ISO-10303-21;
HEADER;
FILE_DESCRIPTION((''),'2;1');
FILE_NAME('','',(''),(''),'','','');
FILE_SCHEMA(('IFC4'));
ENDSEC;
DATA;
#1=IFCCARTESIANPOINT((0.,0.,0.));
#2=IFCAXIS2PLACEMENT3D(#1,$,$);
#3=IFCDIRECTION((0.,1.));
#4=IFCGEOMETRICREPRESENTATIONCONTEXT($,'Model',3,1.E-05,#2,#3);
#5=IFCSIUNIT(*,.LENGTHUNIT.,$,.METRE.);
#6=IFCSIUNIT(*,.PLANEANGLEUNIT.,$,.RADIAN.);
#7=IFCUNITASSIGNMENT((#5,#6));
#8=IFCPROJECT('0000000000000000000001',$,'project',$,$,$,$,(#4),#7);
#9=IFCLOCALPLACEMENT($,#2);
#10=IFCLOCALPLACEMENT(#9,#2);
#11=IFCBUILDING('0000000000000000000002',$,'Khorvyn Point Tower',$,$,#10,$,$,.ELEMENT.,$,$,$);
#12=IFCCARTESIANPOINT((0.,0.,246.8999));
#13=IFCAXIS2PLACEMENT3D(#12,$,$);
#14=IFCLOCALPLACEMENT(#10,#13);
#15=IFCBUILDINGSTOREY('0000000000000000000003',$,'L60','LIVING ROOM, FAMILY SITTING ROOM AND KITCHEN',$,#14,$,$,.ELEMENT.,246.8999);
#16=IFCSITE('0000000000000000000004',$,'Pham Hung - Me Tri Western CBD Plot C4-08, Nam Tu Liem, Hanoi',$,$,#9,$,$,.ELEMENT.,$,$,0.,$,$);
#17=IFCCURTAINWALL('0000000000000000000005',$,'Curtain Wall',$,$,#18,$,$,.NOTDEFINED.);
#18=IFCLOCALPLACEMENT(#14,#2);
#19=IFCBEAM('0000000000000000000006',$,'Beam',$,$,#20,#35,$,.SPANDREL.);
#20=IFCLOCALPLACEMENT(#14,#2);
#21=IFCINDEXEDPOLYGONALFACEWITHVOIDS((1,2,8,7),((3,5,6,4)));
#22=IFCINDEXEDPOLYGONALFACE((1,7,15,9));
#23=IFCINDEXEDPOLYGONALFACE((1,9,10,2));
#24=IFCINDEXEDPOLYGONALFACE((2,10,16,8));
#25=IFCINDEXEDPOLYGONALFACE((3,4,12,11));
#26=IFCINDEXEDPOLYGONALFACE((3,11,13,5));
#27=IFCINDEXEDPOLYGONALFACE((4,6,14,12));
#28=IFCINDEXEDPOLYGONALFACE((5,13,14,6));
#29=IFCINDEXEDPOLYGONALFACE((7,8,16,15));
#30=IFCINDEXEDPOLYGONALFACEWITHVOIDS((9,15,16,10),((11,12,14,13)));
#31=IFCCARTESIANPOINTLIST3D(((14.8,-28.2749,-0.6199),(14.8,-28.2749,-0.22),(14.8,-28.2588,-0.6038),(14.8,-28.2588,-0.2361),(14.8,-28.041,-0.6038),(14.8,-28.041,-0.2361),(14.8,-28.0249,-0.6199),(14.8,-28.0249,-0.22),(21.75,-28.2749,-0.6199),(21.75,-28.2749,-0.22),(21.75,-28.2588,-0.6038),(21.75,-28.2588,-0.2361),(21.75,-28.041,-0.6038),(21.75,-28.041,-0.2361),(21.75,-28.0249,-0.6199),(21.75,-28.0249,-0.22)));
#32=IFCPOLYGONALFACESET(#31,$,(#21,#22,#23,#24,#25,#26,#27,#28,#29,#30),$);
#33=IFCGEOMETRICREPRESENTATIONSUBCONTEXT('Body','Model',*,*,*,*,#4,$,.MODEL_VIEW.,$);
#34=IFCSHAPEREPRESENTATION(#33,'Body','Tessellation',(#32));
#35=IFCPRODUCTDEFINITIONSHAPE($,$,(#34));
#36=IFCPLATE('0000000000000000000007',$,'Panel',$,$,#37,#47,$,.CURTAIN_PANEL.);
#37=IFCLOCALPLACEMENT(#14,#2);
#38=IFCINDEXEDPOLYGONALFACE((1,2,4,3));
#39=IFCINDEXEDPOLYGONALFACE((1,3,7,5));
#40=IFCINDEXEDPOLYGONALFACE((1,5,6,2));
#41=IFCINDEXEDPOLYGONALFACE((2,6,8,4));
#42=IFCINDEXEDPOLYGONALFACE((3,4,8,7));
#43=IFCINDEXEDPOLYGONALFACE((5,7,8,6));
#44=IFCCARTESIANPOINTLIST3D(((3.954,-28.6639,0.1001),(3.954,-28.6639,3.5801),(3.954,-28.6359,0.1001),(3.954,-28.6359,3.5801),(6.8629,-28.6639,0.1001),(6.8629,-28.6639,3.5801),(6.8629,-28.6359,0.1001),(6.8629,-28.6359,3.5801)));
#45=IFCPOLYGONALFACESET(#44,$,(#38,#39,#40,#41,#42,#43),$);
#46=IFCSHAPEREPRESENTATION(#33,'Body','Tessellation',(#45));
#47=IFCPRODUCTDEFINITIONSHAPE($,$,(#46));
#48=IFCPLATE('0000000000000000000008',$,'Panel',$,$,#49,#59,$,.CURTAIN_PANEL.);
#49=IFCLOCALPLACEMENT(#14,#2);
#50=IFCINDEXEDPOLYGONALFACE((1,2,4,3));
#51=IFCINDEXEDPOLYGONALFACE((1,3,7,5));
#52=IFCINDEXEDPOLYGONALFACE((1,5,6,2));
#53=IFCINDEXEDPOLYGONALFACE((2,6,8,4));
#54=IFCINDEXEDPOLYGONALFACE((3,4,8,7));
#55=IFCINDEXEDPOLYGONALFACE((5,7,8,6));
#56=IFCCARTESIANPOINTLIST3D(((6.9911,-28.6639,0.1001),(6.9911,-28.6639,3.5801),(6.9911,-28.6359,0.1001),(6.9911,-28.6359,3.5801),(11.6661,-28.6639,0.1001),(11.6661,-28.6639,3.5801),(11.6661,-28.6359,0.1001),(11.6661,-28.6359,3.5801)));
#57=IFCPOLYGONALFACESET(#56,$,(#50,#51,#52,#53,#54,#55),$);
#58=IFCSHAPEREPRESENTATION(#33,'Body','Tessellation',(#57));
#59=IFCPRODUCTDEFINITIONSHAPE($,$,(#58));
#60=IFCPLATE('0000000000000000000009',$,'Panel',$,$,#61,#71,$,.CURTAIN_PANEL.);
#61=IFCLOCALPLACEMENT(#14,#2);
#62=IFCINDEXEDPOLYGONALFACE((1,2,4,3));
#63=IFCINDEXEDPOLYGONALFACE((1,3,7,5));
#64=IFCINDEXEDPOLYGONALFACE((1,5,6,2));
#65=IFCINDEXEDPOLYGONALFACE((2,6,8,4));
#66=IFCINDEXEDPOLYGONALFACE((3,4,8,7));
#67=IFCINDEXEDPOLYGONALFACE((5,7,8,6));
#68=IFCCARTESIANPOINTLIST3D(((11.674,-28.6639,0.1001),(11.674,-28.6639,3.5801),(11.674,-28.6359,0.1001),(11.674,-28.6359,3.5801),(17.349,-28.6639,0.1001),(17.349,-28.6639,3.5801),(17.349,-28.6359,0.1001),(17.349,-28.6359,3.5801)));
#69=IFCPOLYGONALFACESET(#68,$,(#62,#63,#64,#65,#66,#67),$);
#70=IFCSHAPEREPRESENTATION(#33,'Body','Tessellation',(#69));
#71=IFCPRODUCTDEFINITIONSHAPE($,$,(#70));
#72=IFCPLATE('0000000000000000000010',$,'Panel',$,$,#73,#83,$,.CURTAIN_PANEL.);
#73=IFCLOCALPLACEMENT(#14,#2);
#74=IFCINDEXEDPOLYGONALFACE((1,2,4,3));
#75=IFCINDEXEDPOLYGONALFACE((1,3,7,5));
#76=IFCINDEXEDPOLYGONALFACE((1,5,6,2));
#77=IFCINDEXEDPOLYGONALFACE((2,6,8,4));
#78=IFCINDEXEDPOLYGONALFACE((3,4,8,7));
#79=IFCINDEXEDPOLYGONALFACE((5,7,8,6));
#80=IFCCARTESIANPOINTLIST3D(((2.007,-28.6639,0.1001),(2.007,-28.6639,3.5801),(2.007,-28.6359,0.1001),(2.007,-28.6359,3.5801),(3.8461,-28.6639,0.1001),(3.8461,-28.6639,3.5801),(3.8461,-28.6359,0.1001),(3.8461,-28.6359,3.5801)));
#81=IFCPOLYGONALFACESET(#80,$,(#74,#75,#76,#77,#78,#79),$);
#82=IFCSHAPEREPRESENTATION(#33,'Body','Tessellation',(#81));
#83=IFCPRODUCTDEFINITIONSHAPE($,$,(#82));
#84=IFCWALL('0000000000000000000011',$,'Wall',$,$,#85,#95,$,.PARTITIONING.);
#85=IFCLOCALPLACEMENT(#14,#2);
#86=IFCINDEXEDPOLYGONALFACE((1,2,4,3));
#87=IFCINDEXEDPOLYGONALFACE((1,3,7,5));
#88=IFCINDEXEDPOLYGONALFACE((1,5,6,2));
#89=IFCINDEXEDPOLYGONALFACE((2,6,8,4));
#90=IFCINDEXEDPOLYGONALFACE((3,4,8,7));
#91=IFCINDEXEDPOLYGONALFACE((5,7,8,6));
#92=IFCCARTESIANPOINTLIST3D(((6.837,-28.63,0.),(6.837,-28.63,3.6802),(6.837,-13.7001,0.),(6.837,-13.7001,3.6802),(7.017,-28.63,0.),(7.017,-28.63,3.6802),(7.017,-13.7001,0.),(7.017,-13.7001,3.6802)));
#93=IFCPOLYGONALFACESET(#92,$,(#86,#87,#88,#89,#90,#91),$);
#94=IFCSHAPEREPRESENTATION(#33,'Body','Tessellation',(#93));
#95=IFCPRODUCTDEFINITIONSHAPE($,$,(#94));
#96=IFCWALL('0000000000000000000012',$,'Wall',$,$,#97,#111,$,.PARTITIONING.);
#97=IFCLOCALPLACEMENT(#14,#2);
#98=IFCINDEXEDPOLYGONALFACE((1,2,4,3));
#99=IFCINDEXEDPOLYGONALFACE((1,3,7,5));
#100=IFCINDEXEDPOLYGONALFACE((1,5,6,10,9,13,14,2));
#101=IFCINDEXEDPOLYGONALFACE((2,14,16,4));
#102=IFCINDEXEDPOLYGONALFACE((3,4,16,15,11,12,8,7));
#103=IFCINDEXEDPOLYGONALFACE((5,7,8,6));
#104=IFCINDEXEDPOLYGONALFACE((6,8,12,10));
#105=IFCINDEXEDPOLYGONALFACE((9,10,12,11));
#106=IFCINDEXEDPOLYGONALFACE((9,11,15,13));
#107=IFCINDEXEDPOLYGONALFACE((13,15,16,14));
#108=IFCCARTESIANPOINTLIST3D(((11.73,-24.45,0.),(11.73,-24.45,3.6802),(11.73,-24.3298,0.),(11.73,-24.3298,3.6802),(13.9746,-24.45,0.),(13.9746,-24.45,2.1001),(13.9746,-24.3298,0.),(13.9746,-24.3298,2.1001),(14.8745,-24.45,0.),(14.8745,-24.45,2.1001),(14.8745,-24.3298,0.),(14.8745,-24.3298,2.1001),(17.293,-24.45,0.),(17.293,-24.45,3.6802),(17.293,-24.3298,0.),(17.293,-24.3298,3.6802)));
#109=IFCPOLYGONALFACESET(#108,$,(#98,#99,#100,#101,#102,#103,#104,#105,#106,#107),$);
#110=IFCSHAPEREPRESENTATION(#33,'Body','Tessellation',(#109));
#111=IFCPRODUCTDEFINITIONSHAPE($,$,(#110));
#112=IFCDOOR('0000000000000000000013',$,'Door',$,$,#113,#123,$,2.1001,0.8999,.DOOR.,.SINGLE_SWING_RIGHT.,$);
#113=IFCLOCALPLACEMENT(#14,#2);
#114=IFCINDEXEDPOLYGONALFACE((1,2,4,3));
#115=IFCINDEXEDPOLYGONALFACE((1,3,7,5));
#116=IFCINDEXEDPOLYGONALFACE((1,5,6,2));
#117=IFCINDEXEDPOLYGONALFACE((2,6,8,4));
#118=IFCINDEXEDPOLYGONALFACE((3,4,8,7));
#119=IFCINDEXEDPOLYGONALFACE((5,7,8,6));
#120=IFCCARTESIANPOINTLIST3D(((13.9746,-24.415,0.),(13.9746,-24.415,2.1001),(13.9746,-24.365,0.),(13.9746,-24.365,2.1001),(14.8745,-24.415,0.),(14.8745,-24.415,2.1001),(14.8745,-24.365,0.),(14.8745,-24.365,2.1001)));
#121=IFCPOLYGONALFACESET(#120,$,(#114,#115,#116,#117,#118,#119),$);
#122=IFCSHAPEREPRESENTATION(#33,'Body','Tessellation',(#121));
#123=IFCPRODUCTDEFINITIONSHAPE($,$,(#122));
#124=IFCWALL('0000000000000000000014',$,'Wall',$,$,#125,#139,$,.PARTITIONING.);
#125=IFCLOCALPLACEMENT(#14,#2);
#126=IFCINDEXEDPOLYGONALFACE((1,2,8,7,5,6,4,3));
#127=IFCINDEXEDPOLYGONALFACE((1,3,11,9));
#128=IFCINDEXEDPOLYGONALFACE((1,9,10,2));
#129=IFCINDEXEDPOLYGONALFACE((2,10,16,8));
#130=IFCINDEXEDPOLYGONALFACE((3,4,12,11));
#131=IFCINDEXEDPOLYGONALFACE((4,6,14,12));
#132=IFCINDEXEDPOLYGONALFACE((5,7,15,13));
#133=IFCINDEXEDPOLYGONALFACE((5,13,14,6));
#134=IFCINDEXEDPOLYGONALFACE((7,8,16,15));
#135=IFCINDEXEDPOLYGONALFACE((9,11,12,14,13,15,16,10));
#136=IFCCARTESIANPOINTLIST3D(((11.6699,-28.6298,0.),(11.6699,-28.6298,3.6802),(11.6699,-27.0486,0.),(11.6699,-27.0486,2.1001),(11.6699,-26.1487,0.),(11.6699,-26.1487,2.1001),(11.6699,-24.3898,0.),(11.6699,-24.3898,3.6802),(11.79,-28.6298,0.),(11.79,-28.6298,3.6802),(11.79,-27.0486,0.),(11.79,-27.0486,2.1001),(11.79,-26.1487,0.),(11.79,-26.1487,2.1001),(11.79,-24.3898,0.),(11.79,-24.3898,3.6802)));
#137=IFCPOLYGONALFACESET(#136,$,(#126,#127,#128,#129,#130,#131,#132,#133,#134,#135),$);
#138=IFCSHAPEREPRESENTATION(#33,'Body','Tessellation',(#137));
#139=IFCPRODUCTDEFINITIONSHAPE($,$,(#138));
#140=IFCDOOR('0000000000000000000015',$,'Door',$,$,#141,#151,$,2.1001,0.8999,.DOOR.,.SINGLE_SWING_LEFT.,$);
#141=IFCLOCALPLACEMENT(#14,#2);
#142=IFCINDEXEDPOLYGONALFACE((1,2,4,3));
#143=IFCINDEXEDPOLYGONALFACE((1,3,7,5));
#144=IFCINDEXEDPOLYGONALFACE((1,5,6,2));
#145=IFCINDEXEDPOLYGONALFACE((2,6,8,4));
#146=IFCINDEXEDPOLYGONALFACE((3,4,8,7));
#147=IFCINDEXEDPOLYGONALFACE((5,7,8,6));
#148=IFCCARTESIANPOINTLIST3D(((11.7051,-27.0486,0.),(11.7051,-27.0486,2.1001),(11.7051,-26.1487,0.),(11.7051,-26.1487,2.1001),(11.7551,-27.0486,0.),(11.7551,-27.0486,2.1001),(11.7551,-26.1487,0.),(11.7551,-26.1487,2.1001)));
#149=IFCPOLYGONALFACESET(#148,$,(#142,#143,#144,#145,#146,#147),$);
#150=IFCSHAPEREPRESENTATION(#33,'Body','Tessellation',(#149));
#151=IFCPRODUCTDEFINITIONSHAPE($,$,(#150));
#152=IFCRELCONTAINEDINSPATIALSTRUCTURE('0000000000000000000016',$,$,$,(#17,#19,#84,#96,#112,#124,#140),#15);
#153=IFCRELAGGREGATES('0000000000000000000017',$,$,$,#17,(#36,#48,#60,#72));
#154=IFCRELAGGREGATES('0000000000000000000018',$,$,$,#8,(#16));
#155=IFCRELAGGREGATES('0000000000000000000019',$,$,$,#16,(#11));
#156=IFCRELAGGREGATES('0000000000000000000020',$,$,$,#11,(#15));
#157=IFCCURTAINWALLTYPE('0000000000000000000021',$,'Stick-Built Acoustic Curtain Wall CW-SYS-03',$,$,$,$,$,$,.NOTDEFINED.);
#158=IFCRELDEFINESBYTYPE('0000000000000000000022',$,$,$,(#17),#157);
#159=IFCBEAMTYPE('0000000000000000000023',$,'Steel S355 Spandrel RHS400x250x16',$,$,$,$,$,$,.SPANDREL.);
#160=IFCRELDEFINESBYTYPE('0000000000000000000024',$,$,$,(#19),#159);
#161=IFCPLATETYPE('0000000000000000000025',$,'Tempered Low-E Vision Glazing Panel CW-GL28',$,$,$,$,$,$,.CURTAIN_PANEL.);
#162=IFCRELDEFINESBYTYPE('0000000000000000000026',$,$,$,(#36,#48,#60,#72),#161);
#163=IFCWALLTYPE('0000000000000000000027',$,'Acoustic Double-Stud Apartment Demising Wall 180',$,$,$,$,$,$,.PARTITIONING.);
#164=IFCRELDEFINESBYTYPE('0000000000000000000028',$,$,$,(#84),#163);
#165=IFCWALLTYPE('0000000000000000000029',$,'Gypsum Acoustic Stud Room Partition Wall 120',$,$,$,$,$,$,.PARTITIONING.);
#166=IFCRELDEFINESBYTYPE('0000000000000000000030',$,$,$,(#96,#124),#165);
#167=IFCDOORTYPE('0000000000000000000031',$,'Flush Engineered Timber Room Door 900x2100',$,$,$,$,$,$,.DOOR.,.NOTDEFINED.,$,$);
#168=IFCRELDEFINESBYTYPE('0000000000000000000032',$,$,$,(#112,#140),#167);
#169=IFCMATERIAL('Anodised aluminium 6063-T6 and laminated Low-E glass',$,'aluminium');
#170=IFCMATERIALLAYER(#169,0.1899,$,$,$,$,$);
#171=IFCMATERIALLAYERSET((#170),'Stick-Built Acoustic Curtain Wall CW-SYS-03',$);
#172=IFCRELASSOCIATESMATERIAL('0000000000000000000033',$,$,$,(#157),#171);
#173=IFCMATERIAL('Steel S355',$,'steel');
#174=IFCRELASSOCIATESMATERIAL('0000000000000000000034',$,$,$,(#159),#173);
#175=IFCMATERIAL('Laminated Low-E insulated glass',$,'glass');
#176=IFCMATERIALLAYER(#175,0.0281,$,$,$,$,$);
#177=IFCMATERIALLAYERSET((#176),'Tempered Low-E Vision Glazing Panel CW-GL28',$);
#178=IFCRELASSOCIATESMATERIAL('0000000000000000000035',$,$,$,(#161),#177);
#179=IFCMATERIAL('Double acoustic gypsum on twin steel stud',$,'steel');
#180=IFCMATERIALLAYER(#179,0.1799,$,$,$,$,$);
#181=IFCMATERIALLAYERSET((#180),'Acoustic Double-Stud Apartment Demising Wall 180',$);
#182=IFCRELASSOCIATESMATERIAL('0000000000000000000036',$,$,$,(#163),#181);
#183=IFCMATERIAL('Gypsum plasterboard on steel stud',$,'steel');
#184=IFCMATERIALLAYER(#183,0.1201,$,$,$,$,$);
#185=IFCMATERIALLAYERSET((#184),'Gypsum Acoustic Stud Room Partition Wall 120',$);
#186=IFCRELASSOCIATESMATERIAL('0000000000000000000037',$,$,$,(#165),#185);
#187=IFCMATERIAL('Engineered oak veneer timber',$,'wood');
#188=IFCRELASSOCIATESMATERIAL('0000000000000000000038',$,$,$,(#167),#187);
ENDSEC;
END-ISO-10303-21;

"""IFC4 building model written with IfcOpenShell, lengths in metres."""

from ifc_helpers import new_model, si_unit, direction, frame, frame_2d, origin, origin_2d, place, context, subcontext, project, spatial, rectangle, hollow_rectangle, extrude, material, layer, layer_set, material_profile, profile_set, type_object, element, fill, aggregate, save


model = new_model("IFC4")

# Units and contexts
model_context = context("Model", 3, precision=1e-05, world=origin(), true_north=direction((0.0, 1.0)))
body_context = subcontext(model_context, "Body", "Model", "MODEL_VIEW")
ifc_project = project(units=[si_unit("LENGTHUNIT", "METRE"), si_unit("PLANEANGLEUNIT", "RADIAN")], contexts=[model_context])

# Site, building, storey
site_placement = place(None, origin())
site = spatial("IfcSite", under=ifc_project, at=site_placement, Name="Pham Hung - Me Tri Western CBD Plot C4-08, Nam Tu Liem, Hanoi", CompositionType="ELEMENT", RefElevation=0.0)
building_placement = place(site_placement, origin())
building = spatial("IfcBuilding", under=site, at=building_placement, Name="Khorvyn Point Tower", CompositionType="ELEMENT")
storey_placement = place(building_placement, frame((0.0, 0.0, 246.8999)))
storey = spatial("IfcBuildingStorey", under=building, at=storey_placement, Name="L60", Description="LIVING ROOM, FAMILY SITTING ROOM AND KITCHEN", CompositionType="ELEMENT", Elevation=246.8999)

# Curtain wall
ifc_material_1 = material(Name="Anodised aluminium 6063-T6 and laminated Low-E glass", Category="aluminium")
ifc_layer_1 = layer(ifc_material_1, 0.1899)
ifc_layer_set_1 = layer_set([ifc_layer_1], Name="Stick-Built Acoustic Curtain Wall CW-SYS-03")
curtain_wall_type = type_object("IfcCurtainWallType", Name="Stick-Built Acoustic Curtain Wall CW-SYS-03", PredefinedType="NOTDEFINED", material=ifc_layer_set_1)
curtain_wall_placement = place(storey_placement, origin())
curtain_wall = element("IfcCurtainWall", 1, at=curtain_wall_placement, inside=storey, type_object=curtain_wall_type, Name="Curtain Wall", PredefinedType="NOTDEFINED")

# Beam
ifc_material_2 = material(Name="Steel S355", Category="steel")
ifc_material_profile_1 = material_profile(ifc_material_2, hollow_rectangle(XDim=0.25, YDim=0.3999, WallThickness=0.0161, at=origin_2d()))
ifc_profile_set_1 = profile_set([ifc_material_profile_1], Name="Steel S355 RHS400x250x16")
beam_type_1 = type_object("IfcBeamType", Name="Steel S355 Spandrel RHS400x250x16", PredefinedType="SPANDREL", material=ifc_profile_set_1)
beam_1_placement = place(storey_placement, frame((14.8, -28.1499, -0.4199), z_axis=(1.0, 0.0, 0.0), x_axis=(0.0, 1.0, 0.0)))
element("IfcBeam", 2, at=beam_1_placement, inside=storey, type_object=beam_type_1, Name="Beam", PredefinedType="SPANDREL", context=body_context, shape_type="SweptSolid", body=[
    extrude(hollow_rectangle(XDim=0.25, YDim=0.3999, WallThickness=0.0161, at=origin_2d()), origin(), (0.0, 0.0, 1.0), 6.95),
])

# Plates
ifc_material_3 = material(Name="Laminated Low-E insulated glass", Category="glass")
ifc_layer_2 = layer(ifc_material_3, 0.0281)
ifc_layer_set_2 = layer_set([ifc_layer_2], Name="Tempered Low-E Vision Glazing Panel CW-GL28")
plate_type = type_object("IfcPlateType", Name="Tempered Low-E Vision Glazing Panel CW-GL28", PredefinedType="CURTAIN_PANEL", material=ifc_layer_set_2)
plate_1_placement = place(storey_placement, frame((5.4084, -28.6499, 0.1001), z_axis=(0.0, 0.0, 1.0), x_axis=(-1.0, 0.0, 0.0)))
plate_1 = element("IfcPlate", 3, at=plate_1_placement, type_object=plate_type, Name="Panel", PredefinedType="CURTAIN_PANEL", context=body_context, shape_type="SweptSolid", body=[
    extrude(rectangle(XDim=2.9089, YDim=0.0281, at=origin_2d()), origin(), (0.0, 0.0, 1.0), 3.48),
])
plate_2_placement = place(storey_placement, frame((9.3286, -28.6499, 0.1001), z_axis=(0.0, 0.0, 1.0), x_axis=(-1.0, 0.0, 0.0)))
plate_2 = element("IfcPlate", 4, at=plate_2_placement, type_object=plate_type, Name="Panel", PredefinedType="CURTAIN_PANEL", context=body_context, shape_type="SweptSolid", body=[
    extrude(rectangle(XDim=4.675, YDim=0.0281, at=origin_2d()), origin(), (0.0, 0.0, 1.0), 3.48),
])
plate_3_placement = place(storey_placement, frame((14.5115, -28.6499, 0.1001), z_axis=(0.0, 0.0, 1.0), x_axis=(-1.0, 0.0, 0.0)))
plate_3 = element("IfcPlate", 5, at=plate_3_placement, type_object=plate_type, Name="Panel", PredefinedType="CURTAIN_PANEL", context=body_context, shape_type="SweptSolid", body=[
    extrude(rectangle(XDim=5.675, YDim=0.0281, at=origin_2d()), origin(), (0.0, 0.0, 1.0), 3.48),
])
plate_4_placement = place(storey_placement, frame((2.9265, -28.6499, 0.1001), z_axis=(0.0, 0.0, 1.0), x_axis=(-1.0, 0.0, 0.0)))
plate_4 = element("IfcPlate", 6, at=plate_4_placement, type_object=plate_type, Name="Panel", PredefinedType="CURTAIN_PANEL", context=body_context, shape_type="SweptSolid", body=[
    extrude(rectangle(XDim=1.8391, YDim=0.0281, at=origin_2d()), origin(), (0.0, 0.0, 1.0), 3.48),
])
aggregate(curtain_wall, [plate_1, plate_2, plate_3, plate_4])

# Wall
ifc_material_4 = material(Name="Double acoustic gypsum on twin steel stud", Category="steel")
ifc_layer_3 = layer(ifc_material_4, 0.1799)
ifc_layer_set_3 = layer_set([ifc_layer_3], Name="Acoustic Double-Stud Apartment Demising Wall 180")
wall_type_1 = type_object("IfcWallType", Name="Acoustic Double-Stud Apartment Demising Wall 180", PredefinedType="PARTITIONING", material=ifc_layer_set_3)
wall_1_placement = place(storey_placement, frame((6.927, -28.6299, 0.0), z_axis=(0.0, 0.0, 1.0), x_axis=(0.0, 1.0, 0.0)))
element("IfcWall", 7, at=wall_1_placement, inside=storey, type_object=wall_type_1, Name="Wall", PredefinedType="PARTITIONING", context=body_context, shape_type="SweptSolid", body=[
    extrude(rectangle(XDim=14.9299, YDim=0.1799, at=frame_2d((7.4648, 0.0))), origin(), (0.0, 0.0, 1.0), 3.6802),
])

# Walls, openings, doors
ifc_material_5 = material(Name="Gypsum plasterboard on steel stud", Category="steel")
ifc_layer_4 = layer(ifc_material_5, 0.1201)
ifc_layer_set_4 = layer_set([ifc_layer_4], Name="Gypsum Acoustic Stud Room Partition Wall 120")
wall_type_2 = type_object("IfcWallType", Name="Gypsum Acoustic Stud Room Partition Wall 120", PredefinedType="PARTITIONING", material=ifc_layer_set_4)
wall_2_placement = place(storey_placement, frame((11.73, -24.3899, 0.0), z_axis=(0.0, 0.0, 1.0), x_axis=(1.0, 0.0, 0.0)))
wall_2 = element("IfcWall", 8, at=wall_2_placement, inside=storey, type_object=wall_type_2, Name="Wall", PredefinedType="PARTITIONING", context=body_context, shape_type="SweptSolid", body=[
    extrude(rectangle(XDim=5.563, YDim=0.1201, at=frame_2d((2.7815, 0.0))), origin(), (0.0, 0.0, 1.0), 3.6802),
])
opening_1_placement = place(wall_2_placement, frame((2.2446, 0.0, 0.0)))
opening_1 = element("IfcOpeningElement", 9, at=opening_1_placement, cuts=wall_2, PredefinedType="OPENING", context=body_context, shape_type="SweptSolid", body=[
    extrude(rectangle(XDim=0.8999, YDim=2.1001, at=frame_2d((0.45, 1.05))), frame((0.0, 0.0701, 0.0), z_axis=(0.0, -1.0, 0.0), x_axis=(1.0, 0.0, 0.0)), (0.0, 0.0, 1.0), 0.1401),
])
ifc_material_6 = material(Name="Engineered oak veneer timber", Category="wood")
door_type_1 = type_object("IfcDoorType", Name="Flush Engineered Timber Room Door 900x2100", OperationType="NOTDEFINED", PredefinedType="DOOR", material=ifc_material_6)
door_1_placement = place(opening_1_placement, origin())
door_1 = element("IfcDoor", 10, at=door_1_placement, inside=storey, type_object=door_type_1, Name="Door", OperationType="SINGLE_SWING_RIGHT", OverallHeight=2.1001, OverallWidth=0.8999, PredefinedType="DOOR", context=body_context, shape_type="SweptSolid", body=[
    extrude(rectangle(XDim=0.8999, YDim=2.1001, at=frame_2d((0.45, 1.05))), frame((0.0, 0.0249, 0.0), z_axis=(0.0, -1.0, 0.0), x_axis=(1.0, 0.0, 0.0)), (0.0, 0.0, 1.0), 0.05),
])
fill(opening_1, door_1)
wall_3_placement = place(storey_placement, frame((11.73, -28.6299, 0.0), z_axis=(0.0, 0.0, 1.0), x_axis=(0.0, 1.0, 0.0)))
wall_3 = element("IfcWall", 11, at=wall_3_placement, inside=storey, type_object=wall_type_2, Name="Wall", PredefinedType="PARTITIONING", context=body_context, shape_type="SweptSolid", body=[
    extrude(rectangle(XDim=4.24, YDim=0.1201, at=frame_2d((2.1201, 0.0))), origin(), (0.0, 0.0, 1.0), 3.6802),
])
opening_2_placement = place(wall_3_placement, frame((1.5813, 0.0, 0.0)))
opening_2 = element("IfcOpeningElement", 12, at=opening_2_placement, cuts=wall_3, PredefinedType="OPENING", context=body_context, shape_type="SweptSolid", body=[
    extrude(rectangle(XDim=0.8999, YDim=2.1001, at=frame_2d((0.45, 1.05))), frame((0.0, 0.0701, 0.0), z_axis=(0.0, -1.0, 0.0), x_axis=(1.0, 0.0, 0.0)), (0.0, 0.0, 1.0), 0.1401),
])
door_2_placement = place(opening_2_placement, origin())
door_2 = element("IfcDoor", 13, at=door_2_placement, inside=storey, type_object=door_type_1, Name="Door", OperationType="SINGLE_SWING_LEFT", OverallHeight=2.1001, OverallWidth=0.8999, PredefinedType="DOOR", context=body_context, shape_type="SweptSolid", body=[
    extrude(rectangle(XDim=0.8999, YDim=2.1001, at=frame_2d((0.45, 1.05))), frame((0.0, 0.0249, 0.0), z_axis=(0.0, -1.0, 0.0), x_axis=(1.0, 0.0, 0.0)), (0.0, 0.0, 1.0), 0.05),
])
fill(opening_2, door_2)

save(model, "model.ifc")
